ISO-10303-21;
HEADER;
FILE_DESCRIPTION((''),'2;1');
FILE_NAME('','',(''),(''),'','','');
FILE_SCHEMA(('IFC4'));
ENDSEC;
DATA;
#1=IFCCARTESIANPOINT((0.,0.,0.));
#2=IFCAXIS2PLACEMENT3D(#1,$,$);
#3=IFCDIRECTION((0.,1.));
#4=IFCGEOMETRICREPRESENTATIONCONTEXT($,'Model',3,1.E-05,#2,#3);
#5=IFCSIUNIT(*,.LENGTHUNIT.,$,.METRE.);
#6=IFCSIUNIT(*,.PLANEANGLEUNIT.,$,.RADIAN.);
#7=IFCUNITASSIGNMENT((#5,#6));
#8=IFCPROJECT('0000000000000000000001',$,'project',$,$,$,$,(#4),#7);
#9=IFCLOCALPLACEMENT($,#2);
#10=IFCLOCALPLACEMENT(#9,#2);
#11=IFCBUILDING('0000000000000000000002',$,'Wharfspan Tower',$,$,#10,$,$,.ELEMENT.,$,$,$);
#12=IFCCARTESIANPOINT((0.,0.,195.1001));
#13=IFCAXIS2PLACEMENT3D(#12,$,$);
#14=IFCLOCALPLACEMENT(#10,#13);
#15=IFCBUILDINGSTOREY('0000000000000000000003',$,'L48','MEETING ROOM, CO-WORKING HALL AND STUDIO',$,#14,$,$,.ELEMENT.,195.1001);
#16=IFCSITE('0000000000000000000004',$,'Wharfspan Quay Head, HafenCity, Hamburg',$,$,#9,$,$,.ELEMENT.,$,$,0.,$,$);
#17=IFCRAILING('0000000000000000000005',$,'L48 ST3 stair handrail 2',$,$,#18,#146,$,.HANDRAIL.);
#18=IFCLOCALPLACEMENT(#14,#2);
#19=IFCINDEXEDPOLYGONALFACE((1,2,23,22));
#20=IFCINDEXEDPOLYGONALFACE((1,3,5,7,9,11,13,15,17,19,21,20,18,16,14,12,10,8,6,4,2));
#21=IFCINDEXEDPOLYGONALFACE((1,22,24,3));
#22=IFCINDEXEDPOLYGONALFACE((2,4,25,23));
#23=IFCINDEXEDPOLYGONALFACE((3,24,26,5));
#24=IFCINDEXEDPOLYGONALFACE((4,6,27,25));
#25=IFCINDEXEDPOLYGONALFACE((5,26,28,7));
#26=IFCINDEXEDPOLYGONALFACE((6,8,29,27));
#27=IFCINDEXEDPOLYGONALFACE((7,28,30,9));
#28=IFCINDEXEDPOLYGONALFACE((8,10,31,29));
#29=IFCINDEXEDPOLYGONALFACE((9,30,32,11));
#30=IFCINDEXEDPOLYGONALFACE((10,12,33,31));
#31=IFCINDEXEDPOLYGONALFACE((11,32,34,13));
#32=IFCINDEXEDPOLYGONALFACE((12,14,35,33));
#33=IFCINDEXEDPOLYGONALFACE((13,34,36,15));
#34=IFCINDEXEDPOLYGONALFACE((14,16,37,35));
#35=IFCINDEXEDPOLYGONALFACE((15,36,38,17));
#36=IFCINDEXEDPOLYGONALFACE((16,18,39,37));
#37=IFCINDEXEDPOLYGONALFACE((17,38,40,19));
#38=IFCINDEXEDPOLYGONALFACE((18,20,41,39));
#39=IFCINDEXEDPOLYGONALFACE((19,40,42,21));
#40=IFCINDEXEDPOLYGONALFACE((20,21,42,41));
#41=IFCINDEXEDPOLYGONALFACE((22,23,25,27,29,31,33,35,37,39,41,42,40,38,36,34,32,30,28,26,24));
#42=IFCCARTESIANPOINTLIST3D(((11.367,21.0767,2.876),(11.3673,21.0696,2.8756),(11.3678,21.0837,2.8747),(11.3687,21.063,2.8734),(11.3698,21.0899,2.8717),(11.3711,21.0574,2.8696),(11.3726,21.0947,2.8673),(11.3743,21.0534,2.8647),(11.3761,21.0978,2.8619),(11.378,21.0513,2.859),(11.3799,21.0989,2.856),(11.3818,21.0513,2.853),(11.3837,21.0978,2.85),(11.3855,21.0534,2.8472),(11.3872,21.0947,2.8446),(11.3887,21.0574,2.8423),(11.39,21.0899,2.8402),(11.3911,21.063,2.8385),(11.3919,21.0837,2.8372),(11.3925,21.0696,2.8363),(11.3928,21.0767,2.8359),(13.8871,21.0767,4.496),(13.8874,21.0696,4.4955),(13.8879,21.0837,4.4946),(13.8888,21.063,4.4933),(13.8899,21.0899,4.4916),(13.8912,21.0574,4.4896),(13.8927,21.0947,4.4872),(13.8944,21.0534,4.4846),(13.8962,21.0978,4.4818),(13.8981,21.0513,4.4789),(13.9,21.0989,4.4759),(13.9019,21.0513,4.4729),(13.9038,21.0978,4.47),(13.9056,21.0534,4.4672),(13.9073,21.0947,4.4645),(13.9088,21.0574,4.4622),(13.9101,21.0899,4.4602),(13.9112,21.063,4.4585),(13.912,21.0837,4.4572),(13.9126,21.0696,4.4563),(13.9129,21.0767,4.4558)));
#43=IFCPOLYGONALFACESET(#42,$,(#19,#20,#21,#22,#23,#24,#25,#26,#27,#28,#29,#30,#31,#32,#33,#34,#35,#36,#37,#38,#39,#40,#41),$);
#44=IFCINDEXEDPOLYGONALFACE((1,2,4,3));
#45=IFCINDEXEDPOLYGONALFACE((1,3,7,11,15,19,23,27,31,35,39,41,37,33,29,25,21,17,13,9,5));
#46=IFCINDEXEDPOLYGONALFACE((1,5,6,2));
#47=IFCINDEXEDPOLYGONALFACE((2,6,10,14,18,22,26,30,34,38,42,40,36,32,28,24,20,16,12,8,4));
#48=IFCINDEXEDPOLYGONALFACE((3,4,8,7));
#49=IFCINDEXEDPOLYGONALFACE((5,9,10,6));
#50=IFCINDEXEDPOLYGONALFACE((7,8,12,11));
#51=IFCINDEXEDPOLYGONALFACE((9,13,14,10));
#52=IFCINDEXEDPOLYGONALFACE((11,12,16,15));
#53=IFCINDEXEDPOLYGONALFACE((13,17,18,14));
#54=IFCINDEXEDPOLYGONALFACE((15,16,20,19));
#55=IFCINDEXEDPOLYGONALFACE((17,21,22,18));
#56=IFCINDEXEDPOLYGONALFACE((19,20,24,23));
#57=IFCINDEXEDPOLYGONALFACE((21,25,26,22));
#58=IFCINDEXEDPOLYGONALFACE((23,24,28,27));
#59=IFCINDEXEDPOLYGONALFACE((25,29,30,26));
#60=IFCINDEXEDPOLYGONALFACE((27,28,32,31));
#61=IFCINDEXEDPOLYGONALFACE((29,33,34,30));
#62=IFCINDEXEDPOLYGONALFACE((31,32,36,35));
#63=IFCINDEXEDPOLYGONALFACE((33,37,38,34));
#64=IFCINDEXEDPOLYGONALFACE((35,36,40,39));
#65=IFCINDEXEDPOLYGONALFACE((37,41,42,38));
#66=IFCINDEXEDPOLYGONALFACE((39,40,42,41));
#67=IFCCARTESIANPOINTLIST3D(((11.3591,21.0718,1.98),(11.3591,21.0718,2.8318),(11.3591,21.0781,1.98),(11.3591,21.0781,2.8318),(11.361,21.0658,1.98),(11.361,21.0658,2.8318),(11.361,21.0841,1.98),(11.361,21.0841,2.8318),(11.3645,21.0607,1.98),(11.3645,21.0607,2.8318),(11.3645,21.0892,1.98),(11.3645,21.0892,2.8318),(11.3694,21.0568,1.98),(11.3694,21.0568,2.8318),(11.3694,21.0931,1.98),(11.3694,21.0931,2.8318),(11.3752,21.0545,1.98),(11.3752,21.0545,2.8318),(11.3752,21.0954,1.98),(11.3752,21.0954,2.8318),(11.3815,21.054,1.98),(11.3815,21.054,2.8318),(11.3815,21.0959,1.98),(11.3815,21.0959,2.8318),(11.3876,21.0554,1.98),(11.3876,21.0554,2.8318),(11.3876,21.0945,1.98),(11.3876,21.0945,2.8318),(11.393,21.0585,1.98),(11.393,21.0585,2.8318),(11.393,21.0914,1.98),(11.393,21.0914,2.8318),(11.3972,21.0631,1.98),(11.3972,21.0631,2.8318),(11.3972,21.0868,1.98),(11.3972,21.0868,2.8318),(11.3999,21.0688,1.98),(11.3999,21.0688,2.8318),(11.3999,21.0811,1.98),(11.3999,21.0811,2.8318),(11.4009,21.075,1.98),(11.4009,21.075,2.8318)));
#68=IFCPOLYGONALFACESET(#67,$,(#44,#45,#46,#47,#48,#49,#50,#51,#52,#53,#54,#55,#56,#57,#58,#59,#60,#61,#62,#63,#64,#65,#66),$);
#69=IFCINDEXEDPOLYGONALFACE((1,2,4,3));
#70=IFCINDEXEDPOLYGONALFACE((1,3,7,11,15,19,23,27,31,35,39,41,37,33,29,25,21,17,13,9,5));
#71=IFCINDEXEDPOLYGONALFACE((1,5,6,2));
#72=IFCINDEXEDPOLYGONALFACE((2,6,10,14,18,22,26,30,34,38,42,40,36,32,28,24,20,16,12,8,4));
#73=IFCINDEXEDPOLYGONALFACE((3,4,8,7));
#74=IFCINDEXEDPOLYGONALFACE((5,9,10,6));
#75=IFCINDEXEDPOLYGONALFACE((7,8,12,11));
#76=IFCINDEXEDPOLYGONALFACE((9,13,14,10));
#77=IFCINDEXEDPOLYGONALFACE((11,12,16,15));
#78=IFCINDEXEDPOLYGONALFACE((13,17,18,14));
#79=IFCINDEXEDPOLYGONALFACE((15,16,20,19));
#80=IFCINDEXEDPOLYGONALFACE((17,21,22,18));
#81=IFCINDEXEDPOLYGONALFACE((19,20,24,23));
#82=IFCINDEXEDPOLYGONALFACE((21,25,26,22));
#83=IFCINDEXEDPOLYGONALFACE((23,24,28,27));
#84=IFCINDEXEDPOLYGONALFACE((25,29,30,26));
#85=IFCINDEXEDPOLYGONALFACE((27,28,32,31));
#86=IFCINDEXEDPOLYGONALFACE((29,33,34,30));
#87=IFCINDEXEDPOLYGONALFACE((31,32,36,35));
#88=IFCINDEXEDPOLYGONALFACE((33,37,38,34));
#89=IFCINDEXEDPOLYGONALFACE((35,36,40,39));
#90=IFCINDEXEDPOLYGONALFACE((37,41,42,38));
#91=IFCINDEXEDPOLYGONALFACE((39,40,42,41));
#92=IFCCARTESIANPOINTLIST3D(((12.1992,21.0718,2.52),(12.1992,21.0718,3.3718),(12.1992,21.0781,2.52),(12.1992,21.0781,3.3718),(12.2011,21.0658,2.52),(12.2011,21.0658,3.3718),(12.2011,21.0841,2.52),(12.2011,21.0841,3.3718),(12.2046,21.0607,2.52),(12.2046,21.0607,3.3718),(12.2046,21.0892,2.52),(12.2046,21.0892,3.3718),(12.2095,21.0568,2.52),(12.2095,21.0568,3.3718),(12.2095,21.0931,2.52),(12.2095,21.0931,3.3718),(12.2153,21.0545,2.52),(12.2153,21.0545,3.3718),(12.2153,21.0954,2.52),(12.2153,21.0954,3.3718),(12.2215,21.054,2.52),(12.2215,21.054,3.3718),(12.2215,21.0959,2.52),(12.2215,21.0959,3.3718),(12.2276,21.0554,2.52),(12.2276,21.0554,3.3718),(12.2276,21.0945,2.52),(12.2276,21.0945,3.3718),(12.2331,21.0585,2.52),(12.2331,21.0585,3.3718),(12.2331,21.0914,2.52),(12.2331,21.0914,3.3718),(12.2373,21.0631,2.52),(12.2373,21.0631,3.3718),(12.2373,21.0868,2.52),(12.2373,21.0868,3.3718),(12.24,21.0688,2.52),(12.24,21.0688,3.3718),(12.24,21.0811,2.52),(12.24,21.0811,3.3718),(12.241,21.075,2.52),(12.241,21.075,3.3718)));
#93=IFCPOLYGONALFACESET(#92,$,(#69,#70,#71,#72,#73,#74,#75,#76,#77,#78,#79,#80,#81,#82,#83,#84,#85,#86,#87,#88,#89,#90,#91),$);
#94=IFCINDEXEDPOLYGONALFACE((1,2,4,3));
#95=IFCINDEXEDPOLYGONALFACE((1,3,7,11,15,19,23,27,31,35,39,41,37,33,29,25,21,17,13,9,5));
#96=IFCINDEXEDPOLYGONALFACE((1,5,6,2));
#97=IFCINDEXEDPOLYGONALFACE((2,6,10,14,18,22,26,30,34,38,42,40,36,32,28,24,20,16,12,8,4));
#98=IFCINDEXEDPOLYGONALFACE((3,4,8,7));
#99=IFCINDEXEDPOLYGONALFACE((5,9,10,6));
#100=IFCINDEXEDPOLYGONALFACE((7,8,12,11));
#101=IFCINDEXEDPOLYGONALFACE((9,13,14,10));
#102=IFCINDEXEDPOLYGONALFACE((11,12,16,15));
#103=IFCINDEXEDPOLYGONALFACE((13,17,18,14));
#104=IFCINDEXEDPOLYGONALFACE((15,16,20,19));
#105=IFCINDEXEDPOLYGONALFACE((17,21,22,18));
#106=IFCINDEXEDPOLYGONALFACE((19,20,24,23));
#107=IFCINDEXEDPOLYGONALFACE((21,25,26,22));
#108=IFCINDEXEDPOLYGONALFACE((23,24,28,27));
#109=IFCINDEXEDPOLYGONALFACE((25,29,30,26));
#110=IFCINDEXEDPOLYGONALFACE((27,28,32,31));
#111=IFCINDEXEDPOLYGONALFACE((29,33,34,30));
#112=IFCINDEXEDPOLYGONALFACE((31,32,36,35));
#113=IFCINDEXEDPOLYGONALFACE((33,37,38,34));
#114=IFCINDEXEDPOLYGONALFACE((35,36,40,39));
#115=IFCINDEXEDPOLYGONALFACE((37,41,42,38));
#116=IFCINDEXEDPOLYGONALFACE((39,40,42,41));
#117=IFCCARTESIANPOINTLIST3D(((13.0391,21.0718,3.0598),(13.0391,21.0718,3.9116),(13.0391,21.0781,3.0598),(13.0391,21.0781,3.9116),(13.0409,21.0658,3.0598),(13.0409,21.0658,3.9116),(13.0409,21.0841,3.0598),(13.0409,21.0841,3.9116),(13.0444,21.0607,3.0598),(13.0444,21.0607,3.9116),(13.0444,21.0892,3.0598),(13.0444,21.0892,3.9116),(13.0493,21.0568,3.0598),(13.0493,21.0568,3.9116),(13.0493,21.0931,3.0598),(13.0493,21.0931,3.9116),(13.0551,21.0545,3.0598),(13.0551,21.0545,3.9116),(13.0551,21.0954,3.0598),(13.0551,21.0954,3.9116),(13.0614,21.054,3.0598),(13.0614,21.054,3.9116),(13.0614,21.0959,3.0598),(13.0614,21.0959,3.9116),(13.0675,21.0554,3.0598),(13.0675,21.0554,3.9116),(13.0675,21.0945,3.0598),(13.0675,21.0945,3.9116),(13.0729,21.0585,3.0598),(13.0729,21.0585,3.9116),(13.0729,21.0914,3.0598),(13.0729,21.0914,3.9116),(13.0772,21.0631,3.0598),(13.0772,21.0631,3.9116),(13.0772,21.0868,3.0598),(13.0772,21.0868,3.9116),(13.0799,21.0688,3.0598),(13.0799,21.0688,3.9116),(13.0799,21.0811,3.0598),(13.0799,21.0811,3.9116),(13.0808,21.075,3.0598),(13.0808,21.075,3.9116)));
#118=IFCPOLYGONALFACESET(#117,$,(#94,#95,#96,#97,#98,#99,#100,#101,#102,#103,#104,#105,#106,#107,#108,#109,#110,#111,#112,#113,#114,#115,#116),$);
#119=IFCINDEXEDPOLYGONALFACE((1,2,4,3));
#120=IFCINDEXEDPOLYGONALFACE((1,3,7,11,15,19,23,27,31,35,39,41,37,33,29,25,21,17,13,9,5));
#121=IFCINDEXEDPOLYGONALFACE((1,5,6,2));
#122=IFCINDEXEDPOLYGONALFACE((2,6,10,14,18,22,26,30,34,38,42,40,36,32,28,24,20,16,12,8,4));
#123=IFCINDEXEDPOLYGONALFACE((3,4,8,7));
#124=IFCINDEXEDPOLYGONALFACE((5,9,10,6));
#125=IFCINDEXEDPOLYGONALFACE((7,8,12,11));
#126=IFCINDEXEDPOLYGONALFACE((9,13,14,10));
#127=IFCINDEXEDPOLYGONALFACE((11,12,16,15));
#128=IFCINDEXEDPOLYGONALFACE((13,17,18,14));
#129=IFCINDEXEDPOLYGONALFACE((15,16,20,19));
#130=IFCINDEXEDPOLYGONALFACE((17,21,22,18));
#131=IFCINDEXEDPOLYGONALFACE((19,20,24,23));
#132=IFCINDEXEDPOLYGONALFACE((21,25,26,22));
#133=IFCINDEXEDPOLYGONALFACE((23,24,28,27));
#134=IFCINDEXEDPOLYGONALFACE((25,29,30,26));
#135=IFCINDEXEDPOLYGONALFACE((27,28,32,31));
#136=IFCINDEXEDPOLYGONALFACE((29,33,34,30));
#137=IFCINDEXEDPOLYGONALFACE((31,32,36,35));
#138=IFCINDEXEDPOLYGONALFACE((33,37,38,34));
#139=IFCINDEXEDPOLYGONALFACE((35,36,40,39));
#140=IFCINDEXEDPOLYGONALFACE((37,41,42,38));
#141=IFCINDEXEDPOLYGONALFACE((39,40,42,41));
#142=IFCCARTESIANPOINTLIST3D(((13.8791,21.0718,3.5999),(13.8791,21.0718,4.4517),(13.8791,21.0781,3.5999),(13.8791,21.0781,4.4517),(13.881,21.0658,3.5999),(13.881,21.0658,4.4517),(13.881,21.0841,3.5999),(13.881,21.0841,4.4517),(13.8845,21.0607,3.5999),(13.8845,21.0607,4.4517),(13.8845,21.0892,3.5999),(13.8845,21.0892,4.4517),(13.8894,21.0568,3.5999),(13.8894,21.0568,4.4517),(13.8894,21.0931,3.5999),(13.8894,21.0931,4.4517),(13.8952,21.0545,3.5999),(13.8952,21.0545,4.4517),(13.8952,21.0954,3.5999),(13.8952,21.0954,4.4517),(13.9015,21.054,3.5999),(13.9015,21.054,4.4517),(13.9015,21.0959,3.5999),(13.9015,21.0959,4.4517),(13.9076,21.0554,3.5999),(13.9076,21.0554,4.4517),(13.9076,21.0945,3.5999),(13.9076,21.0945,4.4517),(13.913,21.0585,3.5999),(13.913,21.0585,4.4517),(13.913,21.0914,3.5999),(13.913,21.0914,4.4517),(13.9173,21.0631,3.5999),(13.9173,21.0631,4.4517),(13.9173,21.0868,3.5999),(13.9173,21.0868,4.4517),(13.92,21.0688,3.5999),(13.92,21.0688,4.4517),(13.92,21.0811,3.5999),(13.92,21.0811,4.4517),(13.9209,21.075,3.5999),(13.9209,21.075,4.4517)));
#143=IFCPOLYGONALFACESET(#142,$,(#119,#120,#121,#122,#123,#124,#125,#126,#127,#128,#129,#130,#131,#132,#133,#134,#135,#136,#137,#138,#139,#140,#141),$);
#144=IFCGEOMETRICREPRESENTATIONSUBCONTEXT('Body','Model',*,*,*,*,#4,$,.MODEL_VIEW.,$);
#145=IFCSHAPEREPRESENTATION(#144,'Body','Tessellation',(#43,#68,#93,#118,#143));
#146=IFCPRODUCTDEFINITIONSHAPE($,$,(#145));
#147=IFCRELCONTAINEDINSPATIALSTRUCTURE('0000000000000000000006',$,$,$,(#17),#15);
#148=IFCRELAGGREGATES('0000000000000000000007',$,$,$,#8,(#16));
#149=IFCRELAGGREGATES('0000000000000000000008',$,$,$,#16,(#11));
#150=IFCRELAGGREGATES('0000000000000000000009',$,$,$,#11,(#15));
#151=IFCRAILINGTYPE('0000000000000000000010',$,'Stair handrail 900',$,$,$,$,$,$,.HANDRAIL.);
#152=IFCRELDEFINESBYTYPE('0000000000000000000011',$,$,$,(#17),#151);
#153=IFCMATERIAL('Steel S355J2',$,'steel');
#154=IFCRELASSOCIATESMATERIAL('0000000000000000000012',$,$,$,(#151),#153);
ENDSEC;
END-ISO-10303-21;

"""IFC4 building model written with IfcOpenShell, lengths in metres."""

from ifc_helpers import new_model, si_unit, direction, frame, origin, origin_2d, place, context, subcontext, project, spatial, circle, extrude, material, type_object, element, save


model = new_model("IFC4")

# Units and contexts
model_context = context("Model", 3, precision=1e-05, world=origin(), true_north=direction((0.0, 1.0)))
body_context = subcontext(model_context, "Body", "Model", "MODEL_VIEW")
ifc_project = project(units=[si_unit("LENGTHUNIT", "METRE"), si_unit("PLANEANGLEUNIT", "RADIAN")], contexts=[model_context])

# Site, building, storey
site_placement = place(None, origin())
site = spatial("IfcSite", under=ifc_project, at=site_placement, Name="Wharfspan Quay Head, HafenCity, Hamburg", CompositionType="ELEMENT", RefElevation=0.0)
building_placement = place(site_placement, origin())
building = spatial("IfcBuilding", under=site, at=building_placement, Name="Wharfspan Tower", CompositionType="ELEMENT")
storey_placement = place(building_placement, frame((0.0, 0.0, 195.1001)))
storey = spatial("IfcBuildingStorey", under=building, at=storey_placement, Name="L48", Description="MEETING ROOM, CO-WORKING HALL AND STUDIO", CompositionType="ELEMENT", Elevation=195.1001)

# Railing
ifc_material_1 = material(Name="Steel S355J2", Category="steel")
railing_type_1 = type_object("IfcRailingType", Name="Stair handrail 900", PredefinedType="HANDRAIL", material=ifc_material_1)
railing_1_placement = place(storey_placement, frame((11.3799, 21.075, 1.98)))
element("IfcRailing", 1, at=railing_1_placement, inside=storey, type_object=railing_type_1, Name="L48 ST3 stair handrail 2", PredefinedType="HANDRAIL", context=body_context, shape_type="SweptSolid", body=[
    extrude(circle(Radius=0.0239, at=origin_2d()), frame((0.0, 0.0, 0.876), z_axis=(0.8412, 0.0, 0.540725), x_axis=(0.0, 1.0, 0.0)), (0.0, 0.0, 1.0), 2.9958),
    extrude(circle(Radius=0.021, at=origin_2d()), origin(), (0.0, 0.0, 1.0), 0.8518),
    extrude(circle(Radius=0.021, at=origin_2d()), frame((0.8401, 0.0, 0.54)), (0.0, 0.0, 1.0), 0.8518),
    extrude(circle(Radius=0.021, at=origin_2d()), frame((1.6799, 0.0, 1.0798)), (0.0, 0.0, 1.0), 0.8518),
    extrude(circle(Radius=0.021, at=origin_2d()), frame((2.52, 0.0, 1.6199)), (0.0, 0.0, 1.0), 0.8518),
])

save(model, "model.ifc")
